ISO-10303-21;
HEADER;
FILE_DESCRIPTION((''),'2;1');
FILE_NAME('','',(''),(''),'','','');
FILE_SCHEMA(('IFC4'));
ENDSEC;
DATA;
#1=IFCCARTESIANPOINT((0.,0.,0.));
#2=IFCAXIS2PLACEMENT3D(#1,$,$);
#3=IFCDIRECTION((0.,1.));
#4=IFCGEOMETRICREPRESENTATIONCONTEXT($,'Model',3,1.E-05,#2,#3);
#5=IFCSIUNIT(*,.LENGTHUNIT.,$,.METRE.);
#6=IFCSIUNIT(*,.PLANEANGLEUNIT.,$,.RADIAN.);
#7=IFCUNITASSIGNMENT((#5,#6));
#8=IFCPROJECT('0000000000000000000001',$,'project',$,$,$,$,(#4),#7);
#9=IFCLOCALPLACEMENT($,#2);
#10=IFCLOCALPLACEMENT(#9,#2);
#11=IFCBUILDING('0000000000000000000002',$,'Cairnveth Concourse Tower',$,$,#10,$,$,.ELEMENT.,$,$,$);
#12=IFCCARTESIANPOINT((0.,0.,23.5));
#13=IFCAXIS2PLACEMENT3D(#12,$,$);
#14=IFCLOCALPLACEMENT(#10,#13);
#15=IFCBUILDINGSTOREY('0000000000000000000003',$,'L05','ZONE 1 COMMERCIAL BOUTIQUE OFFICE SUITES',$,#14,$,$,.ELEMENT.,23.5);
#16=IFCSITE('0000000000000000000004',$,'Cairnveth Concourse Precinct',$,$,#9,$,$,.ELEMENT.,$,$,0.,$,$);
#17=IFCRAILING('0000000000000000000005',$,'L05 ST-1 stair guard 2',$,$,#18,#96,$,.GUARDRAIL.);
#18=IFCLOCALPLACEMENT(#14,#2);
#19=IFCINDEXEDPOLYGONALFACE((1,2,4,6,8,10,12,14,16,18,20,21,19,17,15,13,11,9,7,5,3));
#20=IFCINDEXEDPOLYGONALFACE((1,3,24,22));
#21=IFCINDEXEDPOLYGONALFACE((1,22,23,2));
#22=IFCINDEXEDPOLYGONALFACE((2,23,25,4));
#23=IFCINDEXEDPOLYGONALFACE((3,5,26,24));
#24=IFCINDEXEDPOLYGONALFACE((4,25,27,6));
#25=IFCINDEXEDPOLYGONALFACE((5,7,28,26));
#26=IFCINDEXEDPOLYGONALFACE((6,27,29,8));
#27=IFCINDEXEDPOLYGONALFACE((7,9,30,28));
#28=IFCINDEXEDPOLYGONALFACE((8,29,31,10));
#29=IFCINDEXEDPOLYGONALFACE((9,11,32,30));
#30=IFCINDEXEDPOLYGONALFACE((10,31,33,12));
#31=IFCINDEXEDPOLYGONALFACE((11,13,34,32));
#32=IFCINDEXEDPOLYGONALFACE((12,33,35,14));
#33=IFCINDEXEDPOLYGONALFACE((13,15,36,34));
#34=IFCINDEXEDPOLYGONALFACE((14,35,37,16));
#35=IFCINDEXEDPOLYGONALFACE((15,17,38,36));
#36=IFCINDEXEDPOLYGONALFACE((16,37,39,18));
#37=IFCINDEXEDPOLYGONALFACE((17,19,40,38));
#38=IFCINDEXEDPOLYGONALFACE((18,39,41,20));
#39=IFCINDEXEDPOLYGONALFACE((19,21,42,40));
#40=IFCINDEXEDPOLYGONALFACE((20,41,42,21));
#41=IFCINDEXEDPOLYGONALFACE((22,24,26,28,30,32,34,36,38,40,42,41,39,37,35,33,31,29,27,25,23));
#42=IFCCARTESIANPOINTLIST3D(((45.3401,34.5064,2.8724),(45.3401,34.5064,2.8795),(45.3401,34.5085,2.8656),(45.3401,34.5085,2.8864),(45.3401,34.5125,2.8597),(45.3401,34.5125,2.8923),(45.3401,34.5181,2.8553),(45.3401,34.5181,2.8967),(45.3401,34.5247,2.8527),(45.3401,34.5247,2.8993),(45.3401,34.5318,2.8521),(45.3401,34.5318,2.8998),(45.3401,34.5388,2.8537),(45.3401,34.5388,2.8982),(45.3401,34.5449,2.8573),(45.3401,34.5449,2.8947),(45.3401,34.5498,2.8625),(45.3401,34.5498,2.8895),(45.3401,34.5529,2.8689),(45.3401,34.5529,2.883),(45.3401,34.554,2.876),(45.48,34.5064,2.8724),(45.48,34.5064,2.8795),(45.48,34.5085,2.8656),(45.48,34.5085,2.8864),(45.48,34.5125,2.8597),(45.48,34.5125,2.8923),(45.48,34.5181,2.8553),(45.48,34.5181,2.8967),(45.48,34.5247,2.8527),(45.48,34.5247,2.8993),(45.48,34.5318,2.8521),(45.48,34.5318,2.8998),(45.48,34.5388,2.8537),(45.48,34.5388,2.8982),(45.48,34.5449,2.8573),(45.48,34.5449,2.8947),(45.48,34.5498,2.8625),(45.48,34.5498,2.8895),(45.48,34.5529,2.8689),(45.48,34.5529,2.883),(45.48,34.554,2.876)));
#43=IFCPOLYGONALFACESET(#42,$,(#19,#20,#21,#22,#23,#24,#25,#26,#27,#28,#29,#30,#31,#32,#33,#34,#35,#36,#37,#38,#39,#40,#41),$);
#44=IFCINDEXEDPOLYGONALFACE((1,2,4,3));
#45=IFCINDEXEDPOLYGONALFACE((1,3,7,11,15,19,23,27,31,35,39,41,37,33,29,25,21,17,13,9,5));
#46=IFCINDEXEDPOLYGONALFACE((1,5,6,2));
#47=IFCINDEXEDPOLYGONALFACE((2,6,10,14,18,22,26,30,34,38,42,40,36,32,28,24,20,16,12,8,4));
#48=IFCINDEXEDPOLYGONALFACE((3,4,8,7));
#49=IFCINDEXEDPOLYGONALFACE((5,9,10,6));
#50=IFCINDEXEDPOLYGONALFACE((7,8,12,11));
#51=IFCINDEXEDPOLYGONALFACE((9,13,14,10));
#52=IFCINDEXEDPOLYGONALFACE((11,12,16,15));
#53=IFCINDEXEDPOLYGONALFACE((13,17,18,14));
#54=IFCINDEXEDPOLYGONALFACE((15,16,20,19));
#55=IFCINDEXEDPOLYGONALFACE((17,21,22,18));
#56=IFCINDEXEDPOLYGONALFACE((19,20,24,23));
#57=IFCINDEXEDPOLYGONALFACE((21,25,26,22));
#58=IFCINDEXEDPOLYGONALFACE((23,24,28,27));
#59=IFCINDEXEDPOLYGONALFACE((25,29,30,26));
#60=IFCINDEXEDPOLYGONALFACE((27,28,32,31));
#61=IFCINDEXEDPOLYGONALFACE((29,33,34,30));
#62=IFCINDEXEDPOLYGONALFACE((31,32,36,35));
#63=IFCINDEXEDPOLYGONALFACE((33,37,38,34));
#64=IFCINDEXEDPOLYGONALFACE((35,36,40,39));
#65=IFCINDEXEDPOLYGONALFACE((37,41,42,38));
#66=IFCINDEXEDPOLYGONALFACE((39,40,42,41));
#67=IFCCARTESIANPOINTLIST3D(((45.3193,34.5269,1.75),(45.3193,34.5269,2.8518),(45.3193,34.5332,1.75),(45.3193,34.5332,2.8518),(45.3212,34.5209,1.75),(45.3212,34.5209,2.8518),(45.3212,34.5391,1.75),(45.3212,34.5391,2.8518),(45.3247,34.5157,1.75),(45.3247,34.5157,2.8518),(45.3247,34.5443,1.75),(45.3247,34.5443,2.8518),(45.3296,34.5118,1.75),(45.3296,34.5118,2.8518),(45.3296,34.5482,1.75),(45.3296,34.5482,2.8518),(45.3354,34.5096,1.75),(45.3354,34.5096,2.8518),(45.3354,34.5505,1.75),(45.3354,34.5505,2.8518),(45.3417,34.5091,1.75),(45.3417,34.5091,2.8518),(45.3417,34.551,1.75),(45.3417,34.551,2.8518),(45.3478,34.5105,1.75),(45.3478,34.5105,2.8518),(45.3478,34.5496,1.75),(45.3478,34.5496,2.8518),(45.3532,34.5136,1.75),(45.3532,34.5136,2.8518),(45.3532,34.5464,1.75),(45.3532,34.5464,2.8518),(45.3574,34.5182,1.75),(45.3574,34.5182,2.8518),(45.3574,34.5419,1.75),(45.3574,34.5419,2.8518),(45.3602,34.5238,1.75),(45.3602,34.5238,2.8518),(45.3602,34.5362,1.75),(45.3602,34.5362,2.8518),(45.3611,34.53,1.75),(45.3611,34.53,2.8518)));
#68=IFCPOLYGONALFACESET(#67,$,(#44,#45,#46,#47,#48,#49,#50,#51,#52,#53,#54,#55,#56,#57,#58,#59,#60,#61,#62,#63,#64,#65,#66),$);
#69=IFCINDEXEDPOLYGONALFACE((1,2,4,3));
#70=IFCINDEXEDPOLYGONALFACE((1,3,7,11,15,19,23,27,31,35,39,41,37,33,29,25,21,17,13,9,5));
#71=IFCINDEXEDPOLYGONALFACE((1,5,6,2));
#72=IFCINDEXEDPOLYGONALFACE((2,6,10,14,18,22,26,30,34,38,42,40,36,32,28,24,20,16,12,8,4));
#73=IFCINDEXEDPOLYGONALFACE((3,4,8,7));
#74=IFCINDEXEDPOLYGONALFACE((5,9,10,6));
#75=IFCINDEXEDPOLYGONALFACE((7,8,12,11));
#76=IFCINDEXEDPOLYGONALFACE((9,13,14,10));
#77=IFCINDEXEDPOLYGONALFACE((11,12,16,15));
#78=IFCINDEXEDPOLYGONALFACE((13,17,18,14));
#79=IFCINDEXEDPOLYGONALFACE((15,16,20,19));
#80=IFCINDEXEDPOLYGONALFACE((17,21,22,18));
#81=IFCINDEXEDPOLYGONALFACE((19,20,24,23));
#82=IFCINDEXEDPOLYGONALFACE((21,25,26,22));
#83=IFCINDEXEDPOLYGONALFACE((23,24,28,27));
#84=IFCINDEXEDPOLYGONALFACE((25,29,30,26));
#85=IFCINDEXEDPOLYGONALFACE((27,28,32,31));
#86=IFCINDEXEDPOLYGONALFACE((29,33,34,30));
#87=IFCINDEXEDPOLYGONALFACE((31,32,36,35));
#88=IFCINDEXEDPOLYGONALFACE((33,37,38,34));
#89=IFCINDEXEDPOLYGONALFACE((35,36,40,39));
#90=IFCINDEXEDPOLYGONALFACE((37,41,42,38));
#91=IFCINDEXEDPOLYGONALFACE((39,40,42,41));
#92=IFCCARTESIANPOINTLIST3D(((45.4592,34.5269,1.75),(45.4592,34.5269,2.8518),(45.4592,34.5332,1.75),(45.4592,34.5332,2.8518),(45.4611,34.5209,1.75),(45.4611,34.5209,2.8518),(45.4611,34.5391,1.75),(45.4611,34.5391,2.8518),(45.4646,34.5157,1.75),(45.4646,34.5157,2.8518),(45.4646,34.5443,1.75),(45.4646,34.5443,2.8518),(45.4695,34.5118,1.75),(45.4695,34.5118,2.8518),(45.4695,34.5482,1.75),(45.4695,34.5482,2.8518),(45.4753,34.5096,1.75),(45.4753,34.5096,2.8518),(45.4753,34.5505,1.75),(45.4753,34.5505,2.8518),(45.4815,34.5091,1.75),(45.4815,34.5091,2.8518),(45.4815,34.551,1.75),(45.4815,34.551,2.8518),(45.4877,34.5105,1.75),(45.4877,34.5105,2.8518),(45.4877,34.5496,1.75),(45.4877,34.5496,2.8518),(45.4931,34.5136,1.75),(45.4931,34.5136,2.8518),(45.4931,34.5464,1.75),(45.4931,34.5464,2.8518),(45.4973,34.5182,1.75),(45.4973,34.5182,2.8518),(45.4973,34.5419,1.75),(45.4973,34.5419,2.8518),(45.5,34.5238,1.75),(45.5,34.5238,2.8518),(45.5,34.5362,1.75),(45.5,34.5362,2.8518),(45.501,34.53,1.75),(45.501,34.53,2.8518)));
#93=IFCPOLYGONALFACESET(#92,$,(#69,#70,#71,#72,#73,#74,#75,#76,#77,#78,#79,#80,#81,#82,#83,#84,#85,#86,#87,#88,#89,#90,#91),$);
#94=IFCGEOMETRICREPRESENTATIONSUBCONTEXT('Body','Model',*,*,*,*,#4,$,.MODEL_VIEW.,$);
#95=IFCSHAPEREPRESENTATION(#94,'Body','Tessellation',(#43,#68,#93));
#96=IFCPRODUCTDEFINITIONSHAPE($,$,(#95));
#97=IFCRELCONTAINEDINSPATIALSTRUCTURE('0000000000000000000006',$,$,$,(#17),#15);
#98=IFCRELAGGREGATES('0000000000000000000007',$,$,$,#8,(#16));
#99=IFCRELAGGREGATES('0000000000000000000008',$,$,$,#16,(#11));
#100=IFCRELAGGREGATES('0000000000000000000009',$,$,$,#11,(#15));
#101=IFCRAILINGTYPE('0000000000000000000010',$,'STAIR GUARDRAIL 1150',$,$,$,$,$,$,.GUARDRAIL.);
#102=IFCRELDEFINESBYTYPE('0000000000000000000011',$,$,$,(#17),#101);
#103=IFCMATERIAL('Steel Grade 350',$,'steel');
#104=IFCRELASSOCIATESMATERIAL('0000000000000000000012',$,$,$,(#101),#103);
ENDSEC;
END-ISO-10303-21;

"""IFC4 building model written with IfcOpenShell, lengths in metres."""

from ifc_helpers import new_model, si_unit, direction, frame, origin, origin_2d, place, context, subcontext, project, spatial, circle, extrude, material, type_object, element, save


model = new_model("IFC4")

# Units and contexts
model_context = context("Model", 3, precision=1e-05, world=origin(), true_north=direction((0.0, 1.0)))
body_context = subcontext(model_context, "Body", "Model", "MODEL_VIEW")
ifc_project = project(units=[si_unit("LENGTHUNIT", "METRE"), si_unit("PLANEANGLEUNIT", "RADIAN")], contexts=[model_context])

# Site, building, storey
site_placement = place(None, origin())
site = spatial("IfcSite", under=ifc_project, at=site_placement, Name="Cairnveth Concourse Precinct", CompositionType="ELEMENT", RefElevation=0.0)
building_placement = place(site_placement, origin())
building = spatial("IfcBuilding", under=site, at=building_placement, Name="Cairnveth Concourse Tower", CompositionType="ELEMENT")
storey_placement = place(building_placement, frame((0.0, 0.0, 23.5)))
storey = spatial("IfcBuildingStorey", under=building, at=storey_placement, Name="L05", Description="ZONE 1 COMMERCIAL BOUTIQUE OFFICE SUITES", CompositionType="ELEMENT", Elevation=23.5)

# Shared definitions
ifc_material_1 = material(Name="Steel Grade 350", Category="steel")

# Railing
railing_type_1 = type_object("IfcRailingType", Name="STAIR GUARDRAIL 1150", PredefinedType="GUARDRAIL", material=ifc_material_1)
railing_1_placement = place(storey_placement, frame((45.3401, 34.53, 1.75)))
element("IfcRailing", 1, at=railing_1_placement, inside=storey, type_object=railing_type_1, Name="L05 ST-1 stair guard 2", PredefinedType="GUARDRAIL", context=body_context, shape_type="SweptSolid", body=[
    extrude(circle(Radius=0.0239, at=origin_2d()), frame((0.0, 0.0, 1.126), z_axis=(1.0, 0.0, 0.0), x_axis=(0.0, 1.0, 0.0)), (0.0, 0.0, 1.0), 0.1399),
    extrude(circle(Radius=0.021, at=origin_2d()), origin(), (0.0, 0.0, 1.0), 1.1018),
    extrude(circle(Radius=0.021, at=origin_2d()), frame((0.1399, 0.0, 0.0)), (0.0, 0.0, 1.0), 1.1018),
])

save(model, "model.ifc")
